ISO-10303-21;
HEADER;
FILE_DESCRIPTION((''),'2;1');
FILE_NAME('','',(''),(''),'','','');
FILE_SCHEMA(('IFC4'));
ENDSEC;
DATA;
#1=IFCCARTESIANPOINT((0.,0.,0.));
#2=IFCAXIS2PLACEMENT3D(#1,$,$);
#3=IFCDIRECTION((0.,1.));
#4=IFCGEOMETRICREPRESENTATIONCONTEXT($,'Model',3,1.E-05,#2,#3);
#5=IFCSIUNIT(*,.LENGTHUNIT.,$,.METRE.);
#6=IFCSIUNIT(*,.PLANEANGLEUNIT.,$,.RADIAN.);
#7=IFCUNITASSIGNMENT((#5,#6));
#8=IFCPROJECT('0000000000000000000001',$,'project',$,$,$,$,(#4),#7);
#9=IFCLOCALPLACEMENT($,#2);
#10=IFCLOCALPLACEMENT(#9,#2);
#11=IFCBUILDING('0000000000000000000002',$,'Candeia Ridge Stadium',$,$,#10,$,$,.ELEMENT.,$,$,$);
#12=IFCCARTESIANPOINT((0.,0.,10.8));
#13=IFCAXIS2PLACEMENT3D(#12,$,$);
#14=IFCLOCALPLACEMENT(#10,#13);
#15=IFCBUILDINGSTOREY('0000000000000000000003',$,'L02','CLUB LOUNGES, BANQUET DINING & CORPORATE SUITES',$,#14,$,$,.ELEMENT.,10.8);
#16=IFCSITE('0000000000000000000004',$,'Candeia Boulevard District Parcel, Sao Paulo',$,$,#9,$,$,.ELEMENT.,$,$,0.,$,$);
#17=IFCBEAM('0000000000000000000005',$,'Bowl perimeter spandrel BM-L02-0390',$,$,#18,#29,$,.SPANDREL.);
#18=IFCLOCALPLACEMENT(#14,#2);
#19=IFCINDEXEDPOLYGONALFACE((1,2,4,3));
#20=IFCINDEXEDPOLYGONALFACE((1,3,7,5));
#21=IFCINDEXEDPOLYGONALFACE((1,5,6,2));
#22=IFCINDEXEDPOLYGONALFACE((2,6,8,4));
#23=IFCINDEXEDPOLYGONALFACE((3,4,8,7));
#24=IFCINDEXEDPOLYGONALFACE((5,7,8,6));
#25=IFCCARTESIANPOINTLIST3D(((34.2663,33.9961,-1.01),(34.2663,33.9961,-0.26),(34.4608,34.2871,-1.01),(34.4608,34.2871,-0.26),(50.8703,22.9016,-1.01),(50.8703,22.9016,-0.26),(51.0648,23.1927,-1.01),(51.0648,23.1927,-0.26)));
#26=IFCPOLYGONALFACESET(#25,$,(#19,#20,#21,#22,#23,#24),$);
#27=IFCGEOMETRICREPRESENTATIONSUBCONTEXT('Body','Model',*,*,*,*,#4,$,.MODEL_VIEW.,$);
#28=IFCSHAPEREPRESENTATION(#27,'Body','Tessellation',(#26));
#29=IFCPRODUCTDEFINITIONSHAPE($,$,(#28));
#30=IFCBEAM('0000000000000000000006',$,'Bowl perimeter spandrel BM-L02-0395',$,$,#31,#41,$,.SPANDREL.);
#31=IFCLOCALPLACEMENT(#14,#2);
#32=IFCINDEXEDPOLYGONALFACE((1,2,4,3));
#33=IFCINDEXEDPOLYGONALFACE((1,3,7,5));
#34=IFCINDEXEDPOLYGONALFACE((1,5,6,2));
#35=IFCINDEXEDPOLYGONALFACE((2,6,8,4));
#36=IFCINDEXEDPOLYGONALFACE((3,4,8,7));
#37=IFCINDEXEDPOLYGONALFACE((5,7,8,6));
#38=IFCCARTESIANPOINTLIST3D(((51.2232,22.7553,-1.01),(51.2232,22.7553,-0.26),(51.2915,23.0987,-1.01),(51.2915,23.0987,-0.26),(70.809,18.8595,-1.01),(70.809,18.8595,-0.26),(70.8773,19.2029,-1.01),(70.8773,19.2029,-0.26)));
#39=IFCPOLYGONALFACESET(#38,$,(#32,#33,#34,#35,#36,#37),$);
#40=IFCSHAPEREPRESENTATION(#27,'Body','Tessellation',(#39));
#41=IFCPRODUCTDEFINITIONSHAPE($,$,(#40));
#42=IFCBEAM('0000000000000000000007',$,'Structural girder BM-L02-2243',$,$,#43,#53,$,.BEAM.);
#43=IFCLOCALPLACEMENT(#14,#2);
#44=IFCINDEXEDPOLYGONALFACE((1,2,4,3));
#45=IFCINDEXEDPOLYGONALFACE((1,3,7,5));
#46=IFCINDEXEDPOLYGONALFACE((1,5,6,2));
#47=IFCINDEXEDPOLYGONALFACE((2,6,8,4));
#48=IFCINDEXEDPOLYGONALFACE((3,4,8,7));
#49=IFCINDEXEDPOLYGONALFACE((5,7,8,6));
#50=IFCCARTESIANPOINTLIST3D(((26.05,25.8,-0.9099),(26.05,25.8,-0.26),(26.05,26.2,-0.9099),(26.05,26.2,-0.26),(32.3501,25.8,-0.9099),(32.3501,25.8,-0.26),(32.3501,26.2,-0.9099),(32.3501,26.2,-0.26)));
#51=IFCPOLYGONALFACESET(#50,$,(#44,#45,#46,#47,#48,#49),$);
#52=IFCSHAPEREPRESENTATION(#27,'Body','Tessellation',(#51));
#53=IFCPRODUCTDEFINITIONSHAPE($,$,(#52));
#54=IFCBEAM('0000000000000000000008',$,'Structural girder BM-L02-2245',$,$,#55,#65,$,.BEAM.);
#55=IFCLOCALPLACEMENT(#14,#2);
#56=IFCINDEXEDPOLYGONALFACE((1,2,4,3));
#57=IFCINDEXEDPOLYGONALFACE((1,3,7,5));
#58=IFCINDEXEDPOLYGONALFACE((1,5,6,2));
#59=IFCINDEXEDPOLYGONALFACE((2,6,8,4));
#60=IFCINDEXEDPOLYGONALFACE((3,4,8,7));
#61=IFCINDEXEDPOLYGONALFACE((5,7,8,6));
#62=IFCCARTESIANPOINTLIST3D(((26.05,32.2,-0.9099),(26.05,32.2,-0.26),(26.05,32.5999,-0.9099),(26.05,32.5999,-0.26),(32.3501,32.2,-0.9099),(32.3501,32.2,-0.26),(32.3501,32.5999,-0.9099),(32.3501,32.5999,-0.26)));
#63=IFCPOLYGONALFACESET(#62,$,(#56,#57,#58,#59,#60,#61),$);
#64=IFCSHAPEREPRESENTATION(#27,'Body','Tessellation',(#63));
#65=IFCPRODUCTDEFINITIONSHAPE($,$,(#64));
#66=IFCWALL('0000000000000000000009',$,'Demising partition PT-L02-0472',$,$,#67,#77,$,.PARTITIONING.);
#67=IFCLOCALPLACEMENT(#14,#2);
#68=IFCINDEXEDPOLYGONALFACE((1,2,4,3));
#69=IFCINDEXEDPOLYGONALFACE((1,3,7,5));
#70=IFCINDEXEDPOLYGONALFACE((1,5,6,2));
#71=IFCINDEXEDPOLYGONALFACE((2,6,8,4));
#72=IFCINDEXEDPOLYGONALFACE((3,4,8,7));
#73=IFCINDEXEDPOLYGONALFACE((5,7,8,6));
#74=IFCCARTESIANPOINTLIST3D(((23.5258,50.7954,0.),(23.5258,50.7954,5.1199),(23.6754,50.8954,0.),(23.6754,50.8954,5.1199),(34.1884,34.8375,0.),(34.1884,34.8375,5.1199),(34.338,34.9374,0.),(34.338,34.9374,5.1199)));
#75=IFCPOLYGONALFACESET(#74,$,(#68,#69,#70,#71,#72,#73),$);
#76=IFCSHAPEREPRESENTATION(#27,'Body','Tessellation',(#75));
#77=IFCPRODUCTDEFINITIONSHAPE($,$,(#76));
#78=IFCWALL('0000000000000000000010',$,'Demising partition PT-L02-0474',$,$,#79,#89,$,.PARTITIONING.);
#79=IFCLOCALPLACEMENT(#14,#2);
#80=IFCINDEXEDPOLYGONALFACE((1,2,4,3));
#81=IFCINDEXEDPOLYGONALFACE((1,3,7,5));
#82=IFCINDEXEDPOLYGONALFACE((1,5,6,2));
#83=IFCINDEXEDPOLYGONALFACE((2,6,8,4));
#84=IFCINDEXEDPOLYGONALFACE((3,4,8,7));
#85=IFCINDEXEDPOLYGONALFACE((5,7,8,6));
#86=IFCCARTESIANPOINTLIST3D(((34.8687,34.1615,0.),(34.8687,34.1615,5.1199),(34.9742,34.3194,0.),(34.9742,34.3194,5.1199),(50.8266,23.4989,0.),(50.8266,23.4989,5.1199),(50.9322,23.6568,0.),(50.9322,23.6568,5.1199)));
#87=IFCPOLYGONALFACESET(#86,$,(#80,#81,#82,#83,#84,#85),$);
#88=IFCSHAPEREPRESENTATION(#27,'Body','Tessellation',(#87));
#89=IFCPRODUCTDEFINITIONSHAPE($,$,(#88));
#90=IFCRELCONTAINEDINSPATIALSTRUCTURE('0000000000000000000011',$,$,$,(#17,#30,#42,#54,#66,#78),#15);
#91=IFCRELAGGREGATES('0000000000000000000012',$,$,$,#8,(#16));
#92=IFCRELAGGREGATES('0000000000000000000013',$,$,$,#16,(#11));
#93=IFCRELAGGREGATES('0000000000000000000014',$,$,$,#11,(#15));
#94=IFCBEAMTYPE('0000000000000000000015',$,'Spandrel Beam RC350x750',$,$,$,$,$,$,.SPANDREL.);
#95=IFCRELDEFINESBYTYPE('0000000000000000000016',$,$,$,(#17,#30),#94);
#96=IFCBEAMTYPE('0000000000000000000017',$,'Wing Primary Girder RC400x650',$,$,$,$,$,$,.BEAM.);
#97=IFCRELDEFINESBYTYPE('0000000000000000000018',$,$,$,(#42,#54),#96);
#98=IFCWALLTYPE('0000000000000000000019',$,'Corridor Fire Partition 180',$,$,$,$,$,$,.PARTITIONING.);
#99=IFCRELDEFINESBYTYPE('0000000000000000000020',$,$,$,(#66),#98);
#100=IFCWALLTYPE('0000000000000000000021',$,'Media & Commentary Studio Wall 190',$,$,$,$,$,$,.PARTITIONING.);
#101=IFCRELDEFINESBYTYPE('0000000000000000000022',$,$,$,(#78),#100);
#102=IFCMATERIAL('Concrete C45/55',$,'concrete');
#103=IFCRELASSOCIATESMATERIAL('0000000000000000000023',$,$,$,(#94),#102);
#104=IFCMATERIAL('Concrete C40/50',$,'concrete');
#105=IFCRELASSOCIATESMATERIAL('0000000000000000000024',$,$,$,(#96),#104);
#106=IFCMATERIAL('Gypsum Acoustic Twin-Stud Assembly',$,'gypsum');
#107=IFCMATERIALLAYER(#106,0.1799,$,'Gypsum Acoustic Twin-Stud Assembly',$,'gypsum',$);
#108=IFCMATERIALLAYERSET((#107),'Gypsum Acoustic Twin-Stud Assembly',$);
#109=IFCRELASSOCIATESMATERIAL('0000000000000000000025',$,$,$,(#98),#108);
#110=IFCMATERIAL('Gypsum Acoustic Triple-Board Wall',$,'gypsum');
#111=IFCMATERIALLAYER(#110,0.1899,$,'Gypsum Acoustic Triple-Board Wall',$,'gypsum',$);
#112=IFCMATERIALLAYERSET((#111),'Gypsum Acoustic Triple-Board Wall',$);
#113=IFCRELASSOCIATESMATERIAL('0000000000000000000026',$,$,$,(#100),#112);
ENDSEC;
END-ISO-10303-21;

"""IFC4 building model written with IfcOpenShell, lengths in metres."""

from ifc_helpers import new_model, si_unit, direction, frame, frame_2d, origin, origin_2d, place, context, subcontext, project, spatial, rectangle, extrude, material, layer, layer_set, material_profile, profile_set, type_object, element, save


model = new_model("IFC4")

# Units and contexts
model_context = context("Model", 3, precision=1e-05, world=origin(), true_north=direction((0.0, 1.0)))
body_context = subcontext(model_context, "Body", "Model", "MODEL_VIEW")
ifc_project = project(units=[si_unit("LENGTHUNIT", "METRE"), si_unit("PLANEANGLEUNIT", "RADIAN")], contexts=[model_context])

# Site, building, storey
site_placement = place(None, origin())
site = spatial("IfcSite", under=ifc_project, at=site_placement, Name="Candeia Boulevard District Parcel, Sao Paulo", CompositionType="ELEMENT", RefElevation=0.0)
building_placement = place(site_placement, origin())
building = spatial("IfcBuilding", under=site, at=building_placement, Name="Candeia Ridge Stadium", CompositionType="ELEMENT")
storey_placement = place(building_placement, frame((0.0, 0.0, 10.8)))
storey = spatial("IfcBuildingStorey", under=building, at=storey_placement, Name="L02", Description="CLUB LOUNGES, BANQUET DINING & CORPORATE SUITES", CompositionType="ELEMENT", Elevation=10.8)

# Shared definitions
ifc_material_1 = material(Name="Concrete C45/55", Category="concrete")
ifc_material_2 = material(Name="Concrete C40/50", Category="concrete")

# Beams
ifc_material_profile_1 = material_profile(ifc_material_1, rectangle(XDim=0.3501, YDim=0.75, at=origin_2d()), Name="RC350x750", Category="concrete")
ifc_profile_set_1 = profile_set([ifc_material_profile_1], Name="Concrete C45/55")
beam_type_1 = type_object("IfcBeamType", Name="Spandrel Beam RC350x750", PredefinedType="SPANDREL", material=ifc_profile_set_1)
for number, where, z_axis, x_axis, name in (
    (1, (34.3635, 34.1416, -0.635), (0.831469, -0.555572, 0.0), (0.555572, 0.831469, 0.0), "Bowl perimeter spandrel BM-L02-0390"),
    (2, (51.2573, 22.927, -0.635), (0.980786, -0.195086, 0.0), (0.195086, 0.980786, 0.0), "Bowl perimeter spandrel BM-L02-0395"),
):
    element("IfcBeam", number, at=place(storey_placement, frame(where, z_axis=z_axis, x_axis=x_axis)), inside=storey, type_object=beam_type_1, Name=name, PredefinedType="SPANDREL", context=body_context, shape_type="SweptSolid", body=[
        extrude(rectangle(XDim=0.3501, YDim=0.75, at=origin_2d()), origin(), (0.0, 0.0, 1.0), 19.9695),
    ])
ifc_material_profile_2 = material_profile(ifc_material_2, rectangle(XDim=0.3999, YDim=0.6499, at=origin_2d()), Name="RC400x650", Category="concrete")
ifc_profile_set_2 = profile_set([ifc_material_profile_2], Name="Concrete C40/50")
beam_type_2 = type_object("IfcBeamType", Name="Wing Primary Girder RC400x650", PredefinedType="BEAM", material=ifc_profile_set_2)
for number, where, z_axis, x_axis, name in (
    (3, (26.05, 26.0, -0.585), (1.0, 0.0, 0.0), (0.0, 1.0, 0.0), "Structural girder BM-L02-2243"),
    (4, (26.05, 32.3999, -0.585), (1.0, 0.0, 0.0), (0.0, 1.0, 0.0), "Structural girder BM-L02-2245"),
):
    element("IfcBeam", number, at=place(storey_placement, frame(where, z_axis=z_axis, x_axis=x_axis)), inside=storey, type_object=beam_type_2, Name=name, PredefinedType="BEAM", context=body_context, shape_type="SweptSolid", body=[
        extrude(rectangle(XDim=0.3999, YDim=0.6499, at=origin_2d()), origin(), (0.0, 0.0, 1.0), 6.3),
    ])

# Walls
ifc_material_3 = material(Name="Gypsum Acoustic Twin-Stud Assembly", Category="gypsum")
ifc_layer_1 = layer(ifc_material_3, 0.1799, Name="Gypsum Acoustic Twin-Stud Assembly", Category="gypsum")
ifc_layer_set_1 = layer_set([ifc_layer_1], Name="Gypsum Acoustic Twin-Stud Assembly")
wall_type_1 = type_object("IfcWallType", Name="Corridor Fire Partition 180", PredefinedType="PARTITIONING", material=ifc_layer_set_1)
wall_1_placement = place(storey_placement, frame((34.2632, 34.8875, 0.0), z_axis=(0.0, 0.0, 1.0), x_axis=(-0.555563, 0.831474, 0.0)))
element("IfcWall", 5, at=wall_1_placement, inside=storey, type_object=wall_type_1, Name="Demising partition PT-L02-0472", PredefinedType="PARTITIONING", context=body_context, shape_type="SweptSolid", body=[
    extrude(rectangle(XDim=19.1924, YDim=0.1799, at=frame_2d((9.5962, 0.0))), origin(), (0.0, 0.0, 1.0), 5.1199),
])
ifc_material_4 = material(Name="Gypsum Acoustic Triple-Board Wall", Category="gypsum")
ifc_layer_2 = layer(ifc_material_4, 0.1899, Name="Gypsum Acoustic Triple-Board Wall", Category="gypsum")
ifc_layer_set_2 = layer_set([ifc_layer_2], Name="Gypsum Acoustic Triple-Board Wall")
wall_type_2 = type_object("IfcWallType", Name="Media & Commentary Studio Wall 190", PredefinedType="PARTITIONING", material=ifc_layer_set_2)
wall_2_placement = place(storey_placement, frame((50.8794, 23.5779, 0.0), z_axis=(0.0, 0.0, 1.0), x_axis=(-0.831474, 0.555563, 0.0)))
element("IfcWall", 6, at=wall_2_placement, inside=storey, type_object=wall_type_2, Name="Demising partition PT-L02-0474", PredefinedType="PARTITIONING", context=body_context, shape_type="SweptSolid", body=[
    extrude(rectangle(XDim=19.1924, YDim=0.1899, at=frame_2d((9.5962, 0.0))), origin(), (0.0, 0.0, 1.0), 5.1199),
])

save(model, "model.ifc")
